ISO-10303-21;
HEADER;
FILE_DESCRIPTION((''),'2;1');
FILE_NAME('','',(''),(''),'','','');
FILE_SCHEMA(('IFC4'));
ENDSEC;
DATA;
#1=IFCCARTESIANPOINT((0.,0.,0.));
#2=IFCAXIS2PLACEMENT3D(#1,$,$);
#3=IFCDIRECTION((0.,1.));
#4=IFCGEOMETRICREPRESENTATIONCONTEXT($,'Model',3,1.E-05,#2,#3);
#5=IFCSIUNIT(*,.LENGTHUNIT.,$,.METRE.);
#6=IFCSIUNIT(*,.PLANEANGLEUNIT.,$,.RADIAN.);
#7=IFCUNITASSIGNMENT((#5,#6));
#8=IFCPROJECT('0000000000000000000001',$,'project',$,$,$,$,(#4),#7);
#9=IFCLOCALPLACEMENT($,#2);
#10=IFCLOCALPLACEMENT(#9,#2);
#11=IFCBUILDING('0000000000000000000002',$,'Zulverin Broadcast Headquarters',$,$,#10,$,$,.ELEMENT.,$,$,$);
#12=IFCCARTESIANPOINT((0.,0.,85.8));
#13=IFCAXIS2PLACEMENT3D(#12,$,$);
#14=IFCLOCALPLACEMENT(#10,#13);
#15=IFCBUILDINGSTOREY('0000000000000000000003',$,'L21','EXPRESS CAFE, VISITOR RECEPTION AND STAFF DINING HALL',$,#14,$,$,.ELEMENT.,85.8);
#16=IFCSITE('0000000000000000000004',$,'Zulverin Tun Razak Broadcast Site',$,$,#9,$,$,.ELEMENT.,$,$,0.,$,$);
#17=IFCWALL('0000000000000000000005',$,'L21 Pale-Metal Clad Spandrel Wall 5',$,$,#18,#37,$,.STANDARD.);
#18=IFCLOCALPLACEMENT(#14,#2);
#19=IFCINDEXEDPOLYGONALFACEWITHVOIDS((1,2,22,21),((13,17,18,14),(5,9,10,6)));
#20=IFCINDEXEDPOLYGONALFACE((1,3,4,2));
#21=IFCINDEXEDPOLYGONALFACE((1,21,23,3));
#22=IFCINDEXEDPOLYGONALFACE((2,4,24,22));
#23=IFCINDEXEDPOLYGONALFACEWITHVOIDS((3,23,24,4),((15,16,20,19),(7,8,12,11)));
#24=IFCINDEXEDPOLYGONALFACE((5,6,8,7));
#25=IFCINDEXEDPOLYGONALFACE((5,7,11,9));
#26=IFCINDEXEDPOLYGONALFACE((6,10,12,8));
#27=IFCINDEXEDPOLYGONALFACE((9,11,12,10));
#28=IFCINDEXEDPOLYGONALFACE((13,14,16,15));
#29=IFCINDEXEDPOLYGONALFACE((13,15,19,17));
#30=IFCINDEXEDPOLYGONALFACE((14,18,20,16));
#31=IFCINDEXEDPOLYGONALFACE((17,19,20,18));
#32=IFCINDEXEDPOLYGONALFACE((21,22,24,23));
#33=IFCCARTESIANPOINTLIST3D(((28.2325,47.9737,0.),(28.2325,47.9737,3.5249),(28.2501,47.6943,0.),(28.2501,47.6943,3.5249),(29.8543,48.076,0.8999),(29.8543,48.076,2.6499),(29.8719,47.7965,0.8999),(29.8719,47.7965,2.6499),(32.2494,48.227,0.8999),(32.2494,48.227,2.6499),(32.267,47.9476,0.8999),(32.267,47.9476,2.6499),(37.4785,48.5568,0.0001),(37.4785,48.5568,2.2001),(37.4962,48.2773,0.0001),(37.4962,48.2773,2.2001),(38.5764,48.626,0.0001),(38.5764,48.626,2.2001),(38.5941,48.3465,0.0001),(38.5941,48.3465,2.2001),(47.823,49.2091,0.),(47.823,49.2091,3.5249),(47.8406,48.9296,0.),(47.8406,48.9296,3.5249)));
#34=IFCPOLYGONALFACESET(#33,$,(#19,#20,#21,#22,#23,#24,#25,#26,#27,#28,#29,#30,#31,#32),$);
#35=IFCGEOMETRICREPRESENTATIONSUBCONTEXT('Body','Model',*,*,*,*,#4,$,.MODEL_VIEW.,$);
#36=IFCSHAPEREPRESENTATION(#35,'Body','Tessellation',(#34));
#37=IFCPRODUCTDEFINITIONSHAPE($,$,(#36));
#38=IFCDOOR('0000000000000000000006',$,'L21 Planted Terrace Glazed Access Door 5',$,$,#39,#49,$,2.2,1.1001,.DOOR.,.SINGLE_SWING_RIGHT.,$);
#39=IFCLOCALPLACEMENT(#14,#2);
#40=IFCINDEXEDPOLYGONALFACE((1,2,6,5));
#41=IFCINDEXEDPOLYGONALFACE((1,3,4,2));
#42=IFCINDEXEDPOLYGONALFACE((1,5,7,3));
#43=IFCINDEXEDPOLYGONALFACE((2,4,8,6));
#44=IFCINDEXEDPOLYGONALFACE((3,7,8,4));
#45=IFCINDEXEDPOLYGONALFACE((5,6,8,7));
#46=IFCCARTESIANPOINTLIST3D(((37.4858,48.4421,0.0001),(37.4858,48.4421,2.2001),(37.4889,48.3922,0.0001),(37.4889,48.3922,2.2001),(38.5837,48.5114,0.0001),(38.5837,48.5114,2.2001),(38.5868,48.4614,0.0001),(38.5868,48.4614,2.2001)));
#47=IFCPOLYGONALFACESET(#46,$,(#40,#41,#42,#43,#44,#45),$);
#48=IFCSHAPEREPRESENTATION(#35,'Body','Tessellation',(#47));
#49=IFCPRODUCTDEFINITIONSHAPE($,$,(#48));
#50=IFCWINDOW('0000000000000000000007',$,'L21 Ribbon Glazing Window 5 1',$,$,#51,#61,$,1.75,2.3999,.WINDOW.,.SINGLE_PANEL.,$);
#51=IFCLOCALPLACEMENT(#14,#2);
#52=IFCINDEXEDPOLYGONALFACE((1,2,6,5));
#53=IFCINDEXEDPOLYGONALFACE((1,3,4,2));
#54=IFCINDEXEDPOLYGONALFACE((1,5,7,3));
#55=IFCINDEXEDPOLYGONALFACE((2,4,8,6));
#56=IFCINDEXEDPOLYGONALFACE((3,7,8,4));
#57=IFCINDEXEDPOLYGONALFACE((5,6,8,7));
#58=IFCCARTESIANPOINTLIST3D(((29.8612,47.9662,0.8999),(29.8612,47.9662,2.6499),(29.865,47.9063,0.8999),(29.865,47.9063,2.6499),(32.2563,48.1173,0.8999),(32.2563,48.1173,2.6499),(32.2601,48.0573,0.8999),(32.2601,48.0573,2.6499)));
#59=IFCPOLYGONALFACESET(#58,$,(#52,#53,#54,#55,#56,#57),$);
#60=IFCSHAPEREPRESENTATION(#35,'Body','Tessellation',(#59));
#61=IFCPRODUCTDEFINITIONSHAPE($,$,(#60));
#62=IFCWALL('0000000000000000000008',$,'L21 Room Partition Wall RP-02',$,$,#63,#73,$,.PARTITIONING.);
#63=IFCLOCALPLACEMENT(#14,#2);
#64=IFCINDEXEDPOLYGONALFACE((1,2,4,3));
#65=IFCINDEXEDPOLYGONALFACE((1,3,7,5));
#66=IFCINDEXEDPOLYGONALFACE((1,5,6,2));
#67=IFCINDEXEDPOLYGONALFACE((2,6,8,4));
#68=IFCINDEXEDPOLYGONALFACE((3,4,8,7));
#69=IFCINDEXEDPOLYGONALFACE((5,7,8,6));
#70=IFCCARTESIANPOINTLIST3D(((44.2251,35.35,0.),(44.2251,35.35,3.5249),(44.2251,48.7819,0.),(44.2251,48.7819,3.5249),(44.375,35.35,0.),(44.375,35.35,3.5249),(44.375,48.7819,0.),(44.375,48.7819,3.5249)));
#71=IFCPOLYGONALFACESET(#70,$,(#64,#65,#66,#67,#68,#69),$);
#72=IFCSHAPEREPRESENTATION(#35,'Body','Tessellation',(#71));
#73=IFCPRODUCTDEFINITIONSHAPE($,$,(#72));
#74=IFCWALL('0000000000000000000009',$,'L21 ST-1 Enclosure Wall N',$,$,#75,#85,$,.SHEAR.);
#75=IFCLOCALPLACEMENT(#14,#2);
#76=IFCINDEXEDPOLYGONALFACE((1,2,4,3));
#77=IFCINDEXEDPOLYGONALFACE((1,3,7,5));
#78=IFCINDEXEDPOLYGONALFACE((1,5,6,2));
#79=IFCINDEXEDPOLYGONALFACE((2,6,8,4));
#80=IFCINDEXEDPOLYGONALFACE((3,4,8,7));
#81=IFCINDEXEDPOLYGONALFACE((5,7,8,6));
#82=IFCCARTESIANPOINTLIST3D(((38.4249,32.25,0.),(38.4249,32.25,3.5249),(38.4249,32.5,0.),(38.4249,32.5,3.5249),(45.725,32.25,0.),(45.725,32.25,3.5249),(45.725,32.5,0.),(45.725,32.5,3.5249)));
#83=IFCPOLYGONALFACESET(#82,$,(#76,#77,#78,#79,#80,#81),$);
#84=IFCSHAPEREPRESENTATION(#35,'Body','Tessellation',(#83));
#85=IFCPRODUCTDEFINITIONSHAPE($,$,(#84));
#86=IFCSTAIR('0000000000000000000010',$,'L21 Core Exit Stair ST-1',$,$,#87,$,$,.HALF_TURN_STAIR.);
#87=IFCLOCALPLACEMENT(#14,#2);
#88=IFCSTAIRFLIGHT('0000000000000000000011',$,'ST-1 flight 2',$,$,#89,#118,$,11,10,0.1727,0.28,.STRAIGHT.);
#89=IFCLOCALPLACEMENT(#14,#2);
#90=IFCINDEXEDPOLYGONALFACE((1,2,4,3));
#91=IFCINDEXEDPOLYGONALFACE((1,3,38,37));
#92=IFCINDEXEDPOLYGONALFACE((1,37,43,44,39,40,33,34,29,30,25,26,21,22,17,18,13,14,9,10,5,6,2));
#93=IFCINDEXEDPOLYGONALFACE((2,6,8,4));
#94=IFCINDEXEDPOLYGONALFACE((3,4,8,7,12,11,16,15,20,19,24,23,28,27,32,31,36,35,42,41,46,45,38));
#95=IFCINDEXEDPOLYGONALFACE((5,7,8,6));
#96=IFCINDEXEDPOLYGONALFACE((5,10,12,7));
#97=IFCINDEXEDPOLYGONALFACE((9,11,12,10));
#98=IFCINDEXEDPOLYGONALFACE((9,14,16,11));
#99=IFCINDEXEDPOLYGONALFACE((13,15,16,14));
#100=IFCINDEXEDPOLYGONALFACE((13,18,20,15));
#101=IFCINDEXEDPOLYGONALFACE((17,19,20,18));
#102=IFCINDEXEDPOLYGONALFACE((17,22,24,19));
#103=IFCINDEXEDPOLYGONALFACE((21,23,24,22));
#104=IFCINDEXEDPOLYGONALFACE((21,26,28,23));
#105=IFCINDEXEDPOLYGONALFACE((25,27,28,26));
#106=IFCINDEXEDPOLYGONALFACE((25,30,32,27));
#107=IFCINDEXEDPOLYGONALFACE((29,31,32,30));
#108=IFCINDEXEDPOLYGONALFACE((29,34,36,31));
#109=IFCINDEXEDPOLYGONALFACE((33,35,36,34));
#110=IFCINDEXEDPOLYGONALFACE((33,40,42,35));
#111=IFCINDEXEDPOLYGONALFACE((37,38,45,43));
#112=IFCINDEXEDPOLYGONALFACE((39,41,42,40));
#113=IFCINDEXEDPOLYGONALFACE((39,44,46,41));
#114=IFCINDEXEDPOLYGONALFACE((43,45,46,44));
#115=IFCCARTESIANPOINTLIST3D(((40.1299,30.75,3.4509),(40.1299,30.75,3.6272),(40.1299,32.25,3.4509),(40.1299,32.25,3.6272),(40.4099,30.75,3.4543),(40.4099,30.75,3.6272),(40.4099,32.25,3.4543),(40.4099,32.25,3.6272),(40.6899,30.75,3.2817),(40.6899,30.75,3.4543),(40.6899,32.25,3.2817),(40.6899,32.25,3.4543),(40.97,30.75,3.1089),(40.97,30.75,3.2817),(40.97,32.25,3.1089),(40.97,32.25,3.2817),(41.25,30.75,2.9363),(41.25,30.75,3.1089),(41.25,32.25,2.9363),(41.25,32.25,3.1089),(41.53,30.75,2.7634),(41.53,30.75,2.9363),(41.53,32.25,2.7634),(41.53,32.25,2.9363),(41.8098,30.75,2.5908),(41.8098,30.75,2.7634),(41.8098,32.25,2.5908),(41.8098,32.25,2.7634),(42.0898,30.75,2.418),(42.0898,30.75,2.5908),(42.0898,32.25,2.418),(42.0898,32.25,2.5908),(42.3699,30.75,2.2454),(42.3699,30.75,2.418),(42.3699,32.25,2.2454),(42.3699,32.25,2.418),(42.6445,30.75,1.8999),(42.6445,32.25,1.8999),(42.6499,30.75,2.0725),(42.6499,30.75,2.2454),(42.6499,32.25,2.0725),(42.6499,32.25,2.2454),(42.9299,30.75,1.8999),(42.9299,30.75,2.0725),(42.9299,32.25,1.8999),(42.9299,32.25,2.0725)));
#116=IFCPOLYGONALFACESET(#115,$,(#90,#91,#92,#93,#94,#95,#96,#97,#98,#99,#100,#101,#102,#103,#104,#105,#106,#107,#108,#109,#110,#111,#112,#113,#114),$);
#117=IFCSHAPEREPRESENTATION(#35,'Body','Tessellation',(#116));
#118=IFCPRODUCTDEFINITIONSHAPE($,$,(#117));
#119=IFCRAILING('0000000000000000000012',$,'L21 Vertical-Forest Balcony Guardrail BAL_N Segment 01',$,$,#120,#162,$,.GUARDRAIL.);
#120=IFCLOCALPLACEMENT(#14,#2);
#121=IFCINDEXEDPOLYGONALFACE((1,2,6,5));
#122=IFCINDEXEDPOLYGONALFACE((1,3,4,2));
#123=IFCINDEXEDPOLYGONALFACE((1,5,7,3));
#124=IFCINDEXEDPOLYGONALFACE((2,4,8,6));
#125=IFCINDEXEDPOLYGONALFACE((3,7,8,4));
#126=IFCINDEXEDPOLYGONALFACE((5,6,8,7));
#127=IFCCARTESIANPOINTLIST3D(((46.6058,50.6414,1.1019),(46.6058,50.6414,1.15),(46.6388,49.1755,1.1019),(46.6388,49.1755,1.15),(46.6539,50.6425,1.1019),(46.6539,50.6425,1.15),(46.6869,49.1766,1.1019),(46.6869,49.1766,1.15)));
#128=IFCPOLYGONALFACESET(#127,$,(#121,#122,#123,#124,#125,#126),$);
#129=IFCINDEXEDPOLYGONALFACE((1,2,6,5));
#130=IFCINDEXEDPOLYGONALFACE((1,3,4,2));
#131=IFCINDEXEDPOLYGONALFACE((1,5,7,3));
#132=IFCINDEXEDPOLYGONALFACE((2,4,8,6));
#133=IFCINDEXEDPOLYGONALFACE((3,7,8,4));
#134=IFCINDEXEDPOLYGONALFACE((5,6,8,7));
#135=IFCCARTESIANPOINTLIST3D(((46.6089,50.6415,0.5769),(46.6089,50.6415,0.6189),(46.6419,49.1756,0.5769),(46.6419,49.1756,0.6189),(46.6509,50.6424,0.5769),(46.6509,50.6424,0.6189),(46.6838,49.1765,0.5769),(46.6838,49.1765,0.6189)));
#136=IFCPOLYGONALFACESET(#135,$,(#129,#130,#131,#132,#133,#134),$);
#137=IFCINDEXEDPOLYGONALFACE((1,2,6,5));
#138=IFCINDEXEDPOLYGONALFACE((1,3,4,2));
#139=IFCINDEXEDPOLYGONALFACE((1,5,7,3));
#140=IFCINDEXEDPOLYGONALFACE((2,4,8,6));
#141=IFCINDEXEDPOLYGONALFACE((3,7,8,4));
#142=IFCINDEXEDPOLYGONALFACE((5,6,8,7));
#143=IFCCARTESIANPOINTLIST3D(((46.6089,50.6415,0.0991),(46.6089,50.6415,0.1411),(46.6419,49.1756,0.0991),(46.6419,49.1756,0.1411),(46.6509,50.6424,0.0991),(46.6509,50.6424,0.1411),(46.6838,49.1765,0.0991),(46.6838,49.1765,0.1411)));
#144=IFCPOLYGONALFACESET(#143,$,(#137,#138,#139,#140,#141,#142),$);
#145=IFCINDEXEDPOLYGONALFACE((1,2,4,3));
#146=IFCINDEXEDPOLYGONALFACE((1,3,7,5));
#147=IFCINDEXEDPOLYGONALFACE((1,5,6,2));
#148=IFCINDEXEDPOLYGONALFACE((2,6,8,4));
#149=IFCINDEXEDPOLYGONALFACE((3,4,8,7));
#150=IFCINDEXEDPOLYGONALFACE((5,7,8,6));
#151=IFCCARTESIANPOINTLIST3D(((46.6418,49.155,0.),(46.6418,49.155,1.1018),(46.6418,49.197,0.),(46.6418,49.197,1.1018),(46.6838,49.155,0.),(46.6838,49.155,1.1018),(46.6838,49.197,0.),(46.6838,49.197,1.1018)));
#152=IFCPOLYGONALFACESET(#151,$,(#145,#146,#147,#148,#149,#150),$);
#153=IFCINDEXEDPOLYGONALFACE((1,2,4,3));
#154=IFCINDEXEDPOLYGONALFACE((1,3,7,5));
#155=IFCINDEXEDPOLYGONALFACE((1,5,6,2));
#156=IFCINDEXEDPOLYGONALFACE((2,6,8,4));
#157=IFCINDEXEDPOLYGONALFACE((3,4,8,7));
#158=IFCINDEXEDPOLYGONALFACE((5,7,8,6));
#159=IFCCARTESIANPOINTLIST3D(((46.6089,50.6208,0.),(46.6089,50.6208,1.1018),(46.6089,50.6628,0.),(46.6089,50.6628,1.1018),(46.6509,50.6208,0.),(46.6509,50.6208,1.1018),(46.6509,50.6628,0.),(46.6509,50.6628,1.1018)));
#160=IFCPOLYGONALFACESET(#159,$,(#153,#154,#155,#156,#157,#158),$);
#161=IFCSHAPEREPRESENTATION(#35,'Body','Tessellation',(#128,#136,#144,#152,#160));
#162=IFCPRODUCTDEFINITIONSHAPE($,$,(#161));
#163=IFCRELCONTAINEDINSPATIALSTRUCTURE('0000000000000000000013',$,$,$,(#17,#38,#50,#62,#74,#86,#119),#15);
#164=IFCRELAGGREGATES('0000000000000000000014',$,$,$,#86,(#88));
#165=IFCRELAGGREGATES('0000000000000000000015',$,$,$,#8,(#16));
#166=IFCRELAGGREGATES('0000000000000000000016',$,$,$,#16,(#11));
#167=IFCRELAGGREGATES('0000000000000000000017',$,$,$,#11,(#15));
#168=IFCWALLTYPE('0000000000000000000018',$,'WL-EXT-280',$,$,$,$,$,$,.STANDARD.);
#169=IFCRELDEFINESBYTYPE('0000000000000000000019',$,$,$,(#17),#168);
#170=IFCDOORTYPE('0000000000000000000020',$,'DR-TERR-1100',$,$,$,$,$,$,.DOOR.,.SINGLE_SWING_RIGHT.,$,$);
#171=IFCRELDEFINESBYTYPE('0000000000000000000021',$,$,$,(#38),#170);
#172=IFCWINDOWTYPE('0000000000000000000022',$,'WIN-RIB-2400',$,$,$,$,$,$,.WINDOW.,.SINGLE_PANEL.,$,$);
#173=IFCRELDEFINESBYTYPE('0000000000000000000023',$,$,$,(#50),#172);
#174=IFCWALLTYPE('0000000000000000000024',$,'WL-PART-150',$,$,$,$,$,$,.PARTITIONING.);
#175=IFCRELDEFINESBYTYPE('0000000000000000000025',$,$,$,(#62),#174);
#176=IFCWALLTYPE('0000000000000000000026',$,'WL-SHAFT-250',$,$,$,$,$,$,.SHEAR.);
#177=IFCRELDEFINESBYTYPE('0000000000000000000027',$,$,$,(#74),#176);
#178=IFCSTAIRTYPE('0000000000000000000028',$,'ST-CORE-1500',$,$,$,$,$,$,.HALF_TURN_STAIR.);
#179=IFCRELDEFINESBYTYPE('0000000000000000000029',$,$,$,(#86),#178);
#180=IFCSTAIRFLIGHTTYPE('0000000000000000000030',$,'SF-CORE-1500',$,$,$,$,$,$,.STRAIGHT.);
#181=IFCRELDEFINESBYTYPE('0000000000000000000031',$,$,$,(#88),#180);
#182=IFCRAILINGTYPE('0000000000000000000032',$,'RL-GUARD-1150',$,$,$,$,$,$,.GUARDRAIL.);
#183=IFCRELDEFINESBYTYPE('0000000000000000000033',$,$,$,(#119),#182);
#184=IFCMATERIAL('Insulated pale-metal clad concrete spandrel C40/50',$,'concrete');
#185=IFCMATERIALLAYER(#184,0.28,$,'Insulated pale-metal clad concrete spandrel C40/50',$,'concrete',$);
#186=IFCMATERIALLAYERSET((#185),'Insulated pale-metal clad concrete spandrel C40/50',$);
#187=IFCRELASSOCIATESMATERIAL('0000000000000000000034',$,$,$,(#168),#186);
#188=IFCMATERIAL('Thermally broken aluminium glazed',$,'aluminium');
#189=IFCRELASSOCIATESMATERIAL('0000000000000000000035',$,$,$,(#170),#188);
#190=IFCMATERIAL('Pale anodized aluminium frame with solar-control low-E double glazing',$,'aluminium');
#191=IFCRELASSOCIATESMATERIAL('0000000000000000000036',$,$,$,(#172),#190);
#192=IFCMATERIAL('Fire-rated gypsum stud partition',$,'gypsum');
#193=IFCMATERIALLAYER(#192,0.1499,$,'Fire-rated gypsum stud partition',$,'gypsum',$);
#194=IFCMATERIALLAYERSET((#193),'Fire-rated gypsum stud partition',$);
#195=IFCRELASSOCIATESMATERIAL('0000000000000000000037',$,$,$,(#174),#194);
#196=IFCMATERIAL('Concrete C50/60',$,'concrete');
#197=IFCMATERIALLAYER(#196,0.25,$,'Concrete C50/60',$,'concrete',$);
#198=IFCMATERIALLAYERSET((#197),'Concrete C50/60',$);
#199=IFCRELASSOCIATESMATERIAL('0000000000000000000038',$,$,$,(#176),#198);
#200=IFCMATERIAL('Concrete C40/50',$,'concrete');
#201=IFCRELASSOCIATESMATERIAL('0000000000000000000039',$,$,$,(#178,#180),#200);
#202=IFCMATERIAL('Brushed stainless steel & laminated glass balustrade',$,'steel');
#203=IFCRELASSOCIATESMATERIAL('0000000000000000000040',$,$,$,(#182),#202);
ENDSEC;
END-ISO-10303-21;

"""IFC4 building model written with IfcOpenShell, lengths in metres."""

from ifc_helpers import new_model, si_unit, direction, frame, frame_2d, origin, origin_2d, place, context, subcontext, project, spatial, polyline, rectangle, outline, extrude, material, layer, layer_set, type_object, element, fill, aggregate, save


model = new_model("IFC4")

# Units and contexts
model_context = context("Model", 3, precision=1e-05, world=origin(), true_north=direction((0.0, 1.0)))
body_context = subcontext(model_context, "Body", "Model", "MODEL_VIEW")
ifc_project = project(units=[si_unit("LENGTHUNIT", "METRE"), si_unit("PLANEANGLEUNIT", "RADIAN")], contexts=[model_context])

# Site, building, storey
site_placement = place(None, origin())
site = spatial("IfcSite", under=ifc_project, at=site_placement, Name="Zulverin Tun Razak Broadcast Site", CompositionType="ELEMENT", RefElevation=0.0)
building_placement = place(site_placement, origin())
building = spatial("IfcBuilding", under=site, at=building_placement, Name="Zulverin Broadcast Headquarters", CompositionType="ELEMENT")
storey_placement = place(building_placement, frame((0.0, 0.0, 85.8)))
storey = spatial("IfcBuildingStorey", under=building, at=storey_placement, Name="L21", Description="EXPRESS CAFE, VISITOR RECEPTION AND STAFF DINING HALL", CompositionType="ELEMENT", Elevation=85.8)

# Shared definitions
ifc_material_1 = material(Name="Concrete C40/50", Category="concrete")

# Wall, openings, door, window
ifc_material_2 = material(Name="Insulated pale-metal clad concrete spandrel C40/50", Category="concrete")
ifc_layer_1 = layer(ifc_material_2, 0.28, Name="Insulated pale-metal clad concrete spandrel C40/50", Category="concrete")
ifc_layer_set_1 = layer_set([ifc_layer_1], Name="Insulated pale-metal clad concrete spandrel C40/50")
wall_type_1 = type_object("IfcWallType", Name="WL-EXT-280", PredefinedType="STANDARD", material=ifc_layer_set_1)
wall_1_placement = place(storey_placement, frame((47.8318, 49.0693, 0.0), z_axis=(0.0, 0.0, 1.0), x_axis=(-0.998018, -0.062933, 0.0)))
wall_1 = element("IfcWall", 1, at=wall_1_placement, inside=storey, type_object=wall_type_1, Name="L21 Pale-Metal Clad Spandrel Wall 5", PredefinedType="STANDARD", context=body_context, shape_type="SweptSolid", body=[
    extrude(rectangle(XDim=19.6294, YDim=0.28, at=frame_2d((9.8147, 0.0))), origin(), (0.0, 0.0, 1.0), 3.5249),
])
opening_1_placement = place(wall_1_placement, frame((9.2649, 0.0, 0.0)))
opening_1 = element("IfcOpeningElement", 2, at=opening_1_placement, cuts=wall_1, PredefinedType="OPENING", context=body_context, shape_type="SweptSolid", body=[
    extrude(rectangle(XDim=1.1001, YDim=2.2, at=frame_2d((0.55, 1.1001))), frame((0.0, 0.1499, 0.0), z_axis=(0.0, -1.0, 0.0), x_axis=(1.0, 0.0, 0.0)), (0.0, 0.0, 1.0), 0.3),
])
opening_2_placement = place(wall_1_placement, frame((15.6045, 0.0, 0.8999)))
opening_2 = element("IfcOpeningElement", 3, at=opening_2_placement, cuts=wall_1, PredefinedType="OPENING", context=body_context, shape_type="SweptSolid", body=[
    extrude(rectangle(XDim=2.3999, YDim=1.75, at=frame_2d((1.2, 0.875))), frame((0.0, 0.1499, 0.0), z_axis=(0.0, -1.0, 0.0), x_axis=(1.0, 0.0, 0.0)), (0.0, 0.0, 1.0), 0.3),
])
ifc_material_3 = material(Name="Thermally broken aluminium glazed", Category="aluminium")
door_type = type_object("IfcDoorType", Name="DR-TERR-1100", OperationType="SINGLE_SWING_RIGHT", PredefinedType="DOOR", material=ifc_material_3)
door_placement = place(opening_1_placement, origin())
door = element("IfcDoor", 4, at=door_placement, inside=storey, type_object=door_type, Name="L21 Planted Terrace Glazed Access Door 5", OperationType="SINGLE_SWING_RIGHT", OverallHeight=2.2, OverallWidth=1.1001, PredefinedType="DOOR", context=body_context, shape_type="SweptSolid", body=[
    extrude(rectangle(XDim=1.1001, YDim=2.2, at=frame_2d((0.55, 1.1001))), frame((0.0, 0.0249, 0.0), z_axis=(0.0, -1.0, 0.0), x_axis=(1.0, 0.0, 0.0)), (0.0, 0.0, 1.0), 0.05),
])
fill(opening_1, door)
ifc_material_4 = material(Name="Pale anodized aluminium frame with solar-control low-E double glazing", Category="aluminium")
window_type = type_object("IfcWindowType", Name="WIN-RIB-2400", PartitioningType="SINGLE_PANEL", PredefinedType="WINDOW", material=ifc_material_4)
window_placement = place(opening_2_placement, origin())
window = element("IfcWindow", 5, at=window_placement, inside=storey, type_object=window_type, Name="L21 Ribbon Glazing Window 5 1", OverallHeight=1.75, OverallWidth=2.3999, PartitioningType="SINGLE_PANEL", PredefinedType="WINDOW", context=body_context, shape_type="SweptSolid", body=[
    extrude(rectangle(XDim=2.3999, YDim=1.75, at=frame_2d((1.2, 0.875))), frame((0.0, 0.03, 0.0), z_axis=(0.0, -1.0, 0.0), x_axis=(1.0, 0.0, 0.0)), (0.0, 0.0, 1.0), 0.0601),
])
fill(opening_2, window)

# Walls
ifc_material_5 = material(Name="Fire-rated gypsum stud partition", Category="gypsum")
ifc_layer_2 = layer(ifc_material_5, 0.1499, Name="Fire-rated gypsum stud partition", Category="gypsum")
ifc_layer_set_2 = layer_set([ifc_layer_2], Name="Fire-rated gypsum stud partition")
wall_type_2 = type_object("IfcWallType", Name="WL-PART-150", PredefinedType="PARTITIONING", material=ifc_layer_set_2)
wall_2_placement = place(storey_placement, frame((44.3, 35.3501, 0.0), z_axis=(0.0, 0.0, 1.0), x_axis=(0.0, 1.0, 0.0)))
element("IfcWall", 6, at=wall_2_placement, inside=storey, type_object=wall_type_2, Name="L21 Room Partition Wall RP-02", PredefinedType="PARTITIONING", context=body_context, shape_type="SweptSolid", body=[
    extrude(rectangle(XDim=13.4319, YDim=0.1499, at=frame_2d((6.7158, 0.0))), origin(), (0.0, 0.0, 1.0), 3.5249),
])
ifc_material_6 = material(Name="Concrete C50/60", Category="concrete")
ifc_layer_3 = layer(ifc_material_6, 0.25, Name="Concrete C50/60", Category="concrete")
ifc_layer_set_3 = layer_set([ifc_layer_3], Name="Concrete C50/60")
wall_type_3 = type_object("IfcWallType", Name="WL-SHAFT-250", PredefinedType="SHEAR", material=ifc_layer_set_3)
wall_3_placement = place(storey_placement, frame((38.425, 32.375, 0.0), z_axis=(0.0, 0.0, 1.0), x_axis=(1.0, 0.0, 0.0)))
element("IfcWall", 7, at=wall_3_placement, inside=storey, type_object=wall_type_3, Name="L21 ST-1 Enclosure Wall N", PredefinedType="SHEAR", context=body_context, shape_type="SweptSolid", body=[
    extrude(rectangle(XDim=7.3, YDim=0.25, at=frame_2d((3.6499, 0.0))), origin(), (0.0, 0.0, 1.0), 3.5249),
])

# Stair, stair flight
stair_type = type_object("IfcStairType", Name="ST-CORE-1500", PredefinedType="HALF_TURN_STAIR", material=ifc_material_1)
stair_placement = place(storey_placement, origin())
stair = element("IfcStair", 8, at=stair_placement, inside=storey, type_object=stair_type, Name="L21 Core Exit Stair ST-1", PredefinedType="HALF_TURN_STAIR")
stair_flight_type = type_object("IfcStairFlightType", Name="SF-CORE-1500", PredefinedType="STRAIGHT", material=ifc_material_1)
stair_flight_placement = place(storey_placement, frame((42.9299, 31.5, 1.8999), z_axis=(0.0, 0.0, 1.0), x_axis=(-1.0, 0.0, 0.0)))
stair_flight = element("IfcStairFlight", 9, at=stair_flight_placement, type_object=stair_flight_type, Name="ST-1 flight 2", NumberOfRisers=11, NumberOfTreads=10, PredefinedType="STRAIGHT", RiserHeight=0.1727, TreadLength=0.28, context=body_context, shape_type="SweptSolid", body=[
    extrude(outline(polyline([(0.0, 0.0), (0.0, 0.1726), (0.28, 0.1726), (0.28, 0.3455), (0.5601, 0.3455), (0.5601, 0.5181), (0.8401, 0.5181), (0.8401, 0.6909), (1.1201, 0.6909), (1.1201, 0.8635), (1.3999, 0.8635), (1.3999, 1.0364), (1.6799, 1.0364), (1.6799, 1.209), (1.96, 1.209), (1.96, 1.3818), (2.24, 1.3818), (2.24, 1.5544), (2.52, 1.5544), (2.52, 1.7273), (2.8, 1.7273), (2.8, 1.8999), (2.8, 1.551), (0.2854, 0.0), (0.0, 0.0)])), frame((0.0, 0.75, 0.0), z_axis=(0.0, -1.0, 0.0), x_axis=(1.0, 0.0, 0.0)), (0.0, 0.0, 1.0), 1.5),
])
aggregate(stair, [stair_flight])

# Railing
ifc_material_7 = material(Name="Brushed stainless steel & laminated glass balustrade", Category="steel")
railing_type_1 = type_object("IfcRailingType", Name="RL-GUARD-1150", PredefinedType="GUARDRAIL", material=ifc_material_7)
railing_1_placement = place(storey_placement, frame((46.6628, 49.176, 0.0)))
element("IfcRailing", 10, at=railing_1_placement, inside=storey, type_object=railing_type_1, Name="L21 Vertical-Forest Balcony Guardrail BAL_N Segment 01", PredefinedType="GUARDRAIL", context=body_context, shape_type="SweptSolid", body=[
    extrude(rectangle(XDim=0.0481, YDim=0.0481, at=origin_2d()), frame((0.0, 0.0, 1.126), z_axis=(-0.022479, 0.999747, 0.0), x_axis=(-0.999747, -0.022479, 0.0)), (0.0, 0.0, 1.0), 1.4663),
    extrude(rectangle(XDim=0.042, YDim=0.042, at=origin_2d()), frame((0.0, 0.0, 0.5979), z_axis=(-0.022479, 0.999747, 0.0), x_axis=(-0.999747, -0.022479, 0.0)), (0.0, 0.0, 1.0), 1.4663),
    extrude(rectangle(XDim=0.042, YDim=0.042, at=origin_2d()), frame((0.0, 0.0, 0.1201), z_axis=(-0.022479, 0.999747, 0.0), x_axis=(-0.999747, -0.022479, 0.0)), (0.0, 0.0, 1.0), 1.4663),
    extrude(rectangle(XDim=0.042, YDim=0.042, at=origin_2d()), origin(), (0.0, 0.0, 1.0), 1.1018),
    extrude(rectangle(XDim=0.042, YDim=0.042, at=origin_2d()), frame((-0.033, 1.4658, 0.0)), (0.0, 0.0, 1.0), 1.1018),
])

save(model, "model.ifc")
